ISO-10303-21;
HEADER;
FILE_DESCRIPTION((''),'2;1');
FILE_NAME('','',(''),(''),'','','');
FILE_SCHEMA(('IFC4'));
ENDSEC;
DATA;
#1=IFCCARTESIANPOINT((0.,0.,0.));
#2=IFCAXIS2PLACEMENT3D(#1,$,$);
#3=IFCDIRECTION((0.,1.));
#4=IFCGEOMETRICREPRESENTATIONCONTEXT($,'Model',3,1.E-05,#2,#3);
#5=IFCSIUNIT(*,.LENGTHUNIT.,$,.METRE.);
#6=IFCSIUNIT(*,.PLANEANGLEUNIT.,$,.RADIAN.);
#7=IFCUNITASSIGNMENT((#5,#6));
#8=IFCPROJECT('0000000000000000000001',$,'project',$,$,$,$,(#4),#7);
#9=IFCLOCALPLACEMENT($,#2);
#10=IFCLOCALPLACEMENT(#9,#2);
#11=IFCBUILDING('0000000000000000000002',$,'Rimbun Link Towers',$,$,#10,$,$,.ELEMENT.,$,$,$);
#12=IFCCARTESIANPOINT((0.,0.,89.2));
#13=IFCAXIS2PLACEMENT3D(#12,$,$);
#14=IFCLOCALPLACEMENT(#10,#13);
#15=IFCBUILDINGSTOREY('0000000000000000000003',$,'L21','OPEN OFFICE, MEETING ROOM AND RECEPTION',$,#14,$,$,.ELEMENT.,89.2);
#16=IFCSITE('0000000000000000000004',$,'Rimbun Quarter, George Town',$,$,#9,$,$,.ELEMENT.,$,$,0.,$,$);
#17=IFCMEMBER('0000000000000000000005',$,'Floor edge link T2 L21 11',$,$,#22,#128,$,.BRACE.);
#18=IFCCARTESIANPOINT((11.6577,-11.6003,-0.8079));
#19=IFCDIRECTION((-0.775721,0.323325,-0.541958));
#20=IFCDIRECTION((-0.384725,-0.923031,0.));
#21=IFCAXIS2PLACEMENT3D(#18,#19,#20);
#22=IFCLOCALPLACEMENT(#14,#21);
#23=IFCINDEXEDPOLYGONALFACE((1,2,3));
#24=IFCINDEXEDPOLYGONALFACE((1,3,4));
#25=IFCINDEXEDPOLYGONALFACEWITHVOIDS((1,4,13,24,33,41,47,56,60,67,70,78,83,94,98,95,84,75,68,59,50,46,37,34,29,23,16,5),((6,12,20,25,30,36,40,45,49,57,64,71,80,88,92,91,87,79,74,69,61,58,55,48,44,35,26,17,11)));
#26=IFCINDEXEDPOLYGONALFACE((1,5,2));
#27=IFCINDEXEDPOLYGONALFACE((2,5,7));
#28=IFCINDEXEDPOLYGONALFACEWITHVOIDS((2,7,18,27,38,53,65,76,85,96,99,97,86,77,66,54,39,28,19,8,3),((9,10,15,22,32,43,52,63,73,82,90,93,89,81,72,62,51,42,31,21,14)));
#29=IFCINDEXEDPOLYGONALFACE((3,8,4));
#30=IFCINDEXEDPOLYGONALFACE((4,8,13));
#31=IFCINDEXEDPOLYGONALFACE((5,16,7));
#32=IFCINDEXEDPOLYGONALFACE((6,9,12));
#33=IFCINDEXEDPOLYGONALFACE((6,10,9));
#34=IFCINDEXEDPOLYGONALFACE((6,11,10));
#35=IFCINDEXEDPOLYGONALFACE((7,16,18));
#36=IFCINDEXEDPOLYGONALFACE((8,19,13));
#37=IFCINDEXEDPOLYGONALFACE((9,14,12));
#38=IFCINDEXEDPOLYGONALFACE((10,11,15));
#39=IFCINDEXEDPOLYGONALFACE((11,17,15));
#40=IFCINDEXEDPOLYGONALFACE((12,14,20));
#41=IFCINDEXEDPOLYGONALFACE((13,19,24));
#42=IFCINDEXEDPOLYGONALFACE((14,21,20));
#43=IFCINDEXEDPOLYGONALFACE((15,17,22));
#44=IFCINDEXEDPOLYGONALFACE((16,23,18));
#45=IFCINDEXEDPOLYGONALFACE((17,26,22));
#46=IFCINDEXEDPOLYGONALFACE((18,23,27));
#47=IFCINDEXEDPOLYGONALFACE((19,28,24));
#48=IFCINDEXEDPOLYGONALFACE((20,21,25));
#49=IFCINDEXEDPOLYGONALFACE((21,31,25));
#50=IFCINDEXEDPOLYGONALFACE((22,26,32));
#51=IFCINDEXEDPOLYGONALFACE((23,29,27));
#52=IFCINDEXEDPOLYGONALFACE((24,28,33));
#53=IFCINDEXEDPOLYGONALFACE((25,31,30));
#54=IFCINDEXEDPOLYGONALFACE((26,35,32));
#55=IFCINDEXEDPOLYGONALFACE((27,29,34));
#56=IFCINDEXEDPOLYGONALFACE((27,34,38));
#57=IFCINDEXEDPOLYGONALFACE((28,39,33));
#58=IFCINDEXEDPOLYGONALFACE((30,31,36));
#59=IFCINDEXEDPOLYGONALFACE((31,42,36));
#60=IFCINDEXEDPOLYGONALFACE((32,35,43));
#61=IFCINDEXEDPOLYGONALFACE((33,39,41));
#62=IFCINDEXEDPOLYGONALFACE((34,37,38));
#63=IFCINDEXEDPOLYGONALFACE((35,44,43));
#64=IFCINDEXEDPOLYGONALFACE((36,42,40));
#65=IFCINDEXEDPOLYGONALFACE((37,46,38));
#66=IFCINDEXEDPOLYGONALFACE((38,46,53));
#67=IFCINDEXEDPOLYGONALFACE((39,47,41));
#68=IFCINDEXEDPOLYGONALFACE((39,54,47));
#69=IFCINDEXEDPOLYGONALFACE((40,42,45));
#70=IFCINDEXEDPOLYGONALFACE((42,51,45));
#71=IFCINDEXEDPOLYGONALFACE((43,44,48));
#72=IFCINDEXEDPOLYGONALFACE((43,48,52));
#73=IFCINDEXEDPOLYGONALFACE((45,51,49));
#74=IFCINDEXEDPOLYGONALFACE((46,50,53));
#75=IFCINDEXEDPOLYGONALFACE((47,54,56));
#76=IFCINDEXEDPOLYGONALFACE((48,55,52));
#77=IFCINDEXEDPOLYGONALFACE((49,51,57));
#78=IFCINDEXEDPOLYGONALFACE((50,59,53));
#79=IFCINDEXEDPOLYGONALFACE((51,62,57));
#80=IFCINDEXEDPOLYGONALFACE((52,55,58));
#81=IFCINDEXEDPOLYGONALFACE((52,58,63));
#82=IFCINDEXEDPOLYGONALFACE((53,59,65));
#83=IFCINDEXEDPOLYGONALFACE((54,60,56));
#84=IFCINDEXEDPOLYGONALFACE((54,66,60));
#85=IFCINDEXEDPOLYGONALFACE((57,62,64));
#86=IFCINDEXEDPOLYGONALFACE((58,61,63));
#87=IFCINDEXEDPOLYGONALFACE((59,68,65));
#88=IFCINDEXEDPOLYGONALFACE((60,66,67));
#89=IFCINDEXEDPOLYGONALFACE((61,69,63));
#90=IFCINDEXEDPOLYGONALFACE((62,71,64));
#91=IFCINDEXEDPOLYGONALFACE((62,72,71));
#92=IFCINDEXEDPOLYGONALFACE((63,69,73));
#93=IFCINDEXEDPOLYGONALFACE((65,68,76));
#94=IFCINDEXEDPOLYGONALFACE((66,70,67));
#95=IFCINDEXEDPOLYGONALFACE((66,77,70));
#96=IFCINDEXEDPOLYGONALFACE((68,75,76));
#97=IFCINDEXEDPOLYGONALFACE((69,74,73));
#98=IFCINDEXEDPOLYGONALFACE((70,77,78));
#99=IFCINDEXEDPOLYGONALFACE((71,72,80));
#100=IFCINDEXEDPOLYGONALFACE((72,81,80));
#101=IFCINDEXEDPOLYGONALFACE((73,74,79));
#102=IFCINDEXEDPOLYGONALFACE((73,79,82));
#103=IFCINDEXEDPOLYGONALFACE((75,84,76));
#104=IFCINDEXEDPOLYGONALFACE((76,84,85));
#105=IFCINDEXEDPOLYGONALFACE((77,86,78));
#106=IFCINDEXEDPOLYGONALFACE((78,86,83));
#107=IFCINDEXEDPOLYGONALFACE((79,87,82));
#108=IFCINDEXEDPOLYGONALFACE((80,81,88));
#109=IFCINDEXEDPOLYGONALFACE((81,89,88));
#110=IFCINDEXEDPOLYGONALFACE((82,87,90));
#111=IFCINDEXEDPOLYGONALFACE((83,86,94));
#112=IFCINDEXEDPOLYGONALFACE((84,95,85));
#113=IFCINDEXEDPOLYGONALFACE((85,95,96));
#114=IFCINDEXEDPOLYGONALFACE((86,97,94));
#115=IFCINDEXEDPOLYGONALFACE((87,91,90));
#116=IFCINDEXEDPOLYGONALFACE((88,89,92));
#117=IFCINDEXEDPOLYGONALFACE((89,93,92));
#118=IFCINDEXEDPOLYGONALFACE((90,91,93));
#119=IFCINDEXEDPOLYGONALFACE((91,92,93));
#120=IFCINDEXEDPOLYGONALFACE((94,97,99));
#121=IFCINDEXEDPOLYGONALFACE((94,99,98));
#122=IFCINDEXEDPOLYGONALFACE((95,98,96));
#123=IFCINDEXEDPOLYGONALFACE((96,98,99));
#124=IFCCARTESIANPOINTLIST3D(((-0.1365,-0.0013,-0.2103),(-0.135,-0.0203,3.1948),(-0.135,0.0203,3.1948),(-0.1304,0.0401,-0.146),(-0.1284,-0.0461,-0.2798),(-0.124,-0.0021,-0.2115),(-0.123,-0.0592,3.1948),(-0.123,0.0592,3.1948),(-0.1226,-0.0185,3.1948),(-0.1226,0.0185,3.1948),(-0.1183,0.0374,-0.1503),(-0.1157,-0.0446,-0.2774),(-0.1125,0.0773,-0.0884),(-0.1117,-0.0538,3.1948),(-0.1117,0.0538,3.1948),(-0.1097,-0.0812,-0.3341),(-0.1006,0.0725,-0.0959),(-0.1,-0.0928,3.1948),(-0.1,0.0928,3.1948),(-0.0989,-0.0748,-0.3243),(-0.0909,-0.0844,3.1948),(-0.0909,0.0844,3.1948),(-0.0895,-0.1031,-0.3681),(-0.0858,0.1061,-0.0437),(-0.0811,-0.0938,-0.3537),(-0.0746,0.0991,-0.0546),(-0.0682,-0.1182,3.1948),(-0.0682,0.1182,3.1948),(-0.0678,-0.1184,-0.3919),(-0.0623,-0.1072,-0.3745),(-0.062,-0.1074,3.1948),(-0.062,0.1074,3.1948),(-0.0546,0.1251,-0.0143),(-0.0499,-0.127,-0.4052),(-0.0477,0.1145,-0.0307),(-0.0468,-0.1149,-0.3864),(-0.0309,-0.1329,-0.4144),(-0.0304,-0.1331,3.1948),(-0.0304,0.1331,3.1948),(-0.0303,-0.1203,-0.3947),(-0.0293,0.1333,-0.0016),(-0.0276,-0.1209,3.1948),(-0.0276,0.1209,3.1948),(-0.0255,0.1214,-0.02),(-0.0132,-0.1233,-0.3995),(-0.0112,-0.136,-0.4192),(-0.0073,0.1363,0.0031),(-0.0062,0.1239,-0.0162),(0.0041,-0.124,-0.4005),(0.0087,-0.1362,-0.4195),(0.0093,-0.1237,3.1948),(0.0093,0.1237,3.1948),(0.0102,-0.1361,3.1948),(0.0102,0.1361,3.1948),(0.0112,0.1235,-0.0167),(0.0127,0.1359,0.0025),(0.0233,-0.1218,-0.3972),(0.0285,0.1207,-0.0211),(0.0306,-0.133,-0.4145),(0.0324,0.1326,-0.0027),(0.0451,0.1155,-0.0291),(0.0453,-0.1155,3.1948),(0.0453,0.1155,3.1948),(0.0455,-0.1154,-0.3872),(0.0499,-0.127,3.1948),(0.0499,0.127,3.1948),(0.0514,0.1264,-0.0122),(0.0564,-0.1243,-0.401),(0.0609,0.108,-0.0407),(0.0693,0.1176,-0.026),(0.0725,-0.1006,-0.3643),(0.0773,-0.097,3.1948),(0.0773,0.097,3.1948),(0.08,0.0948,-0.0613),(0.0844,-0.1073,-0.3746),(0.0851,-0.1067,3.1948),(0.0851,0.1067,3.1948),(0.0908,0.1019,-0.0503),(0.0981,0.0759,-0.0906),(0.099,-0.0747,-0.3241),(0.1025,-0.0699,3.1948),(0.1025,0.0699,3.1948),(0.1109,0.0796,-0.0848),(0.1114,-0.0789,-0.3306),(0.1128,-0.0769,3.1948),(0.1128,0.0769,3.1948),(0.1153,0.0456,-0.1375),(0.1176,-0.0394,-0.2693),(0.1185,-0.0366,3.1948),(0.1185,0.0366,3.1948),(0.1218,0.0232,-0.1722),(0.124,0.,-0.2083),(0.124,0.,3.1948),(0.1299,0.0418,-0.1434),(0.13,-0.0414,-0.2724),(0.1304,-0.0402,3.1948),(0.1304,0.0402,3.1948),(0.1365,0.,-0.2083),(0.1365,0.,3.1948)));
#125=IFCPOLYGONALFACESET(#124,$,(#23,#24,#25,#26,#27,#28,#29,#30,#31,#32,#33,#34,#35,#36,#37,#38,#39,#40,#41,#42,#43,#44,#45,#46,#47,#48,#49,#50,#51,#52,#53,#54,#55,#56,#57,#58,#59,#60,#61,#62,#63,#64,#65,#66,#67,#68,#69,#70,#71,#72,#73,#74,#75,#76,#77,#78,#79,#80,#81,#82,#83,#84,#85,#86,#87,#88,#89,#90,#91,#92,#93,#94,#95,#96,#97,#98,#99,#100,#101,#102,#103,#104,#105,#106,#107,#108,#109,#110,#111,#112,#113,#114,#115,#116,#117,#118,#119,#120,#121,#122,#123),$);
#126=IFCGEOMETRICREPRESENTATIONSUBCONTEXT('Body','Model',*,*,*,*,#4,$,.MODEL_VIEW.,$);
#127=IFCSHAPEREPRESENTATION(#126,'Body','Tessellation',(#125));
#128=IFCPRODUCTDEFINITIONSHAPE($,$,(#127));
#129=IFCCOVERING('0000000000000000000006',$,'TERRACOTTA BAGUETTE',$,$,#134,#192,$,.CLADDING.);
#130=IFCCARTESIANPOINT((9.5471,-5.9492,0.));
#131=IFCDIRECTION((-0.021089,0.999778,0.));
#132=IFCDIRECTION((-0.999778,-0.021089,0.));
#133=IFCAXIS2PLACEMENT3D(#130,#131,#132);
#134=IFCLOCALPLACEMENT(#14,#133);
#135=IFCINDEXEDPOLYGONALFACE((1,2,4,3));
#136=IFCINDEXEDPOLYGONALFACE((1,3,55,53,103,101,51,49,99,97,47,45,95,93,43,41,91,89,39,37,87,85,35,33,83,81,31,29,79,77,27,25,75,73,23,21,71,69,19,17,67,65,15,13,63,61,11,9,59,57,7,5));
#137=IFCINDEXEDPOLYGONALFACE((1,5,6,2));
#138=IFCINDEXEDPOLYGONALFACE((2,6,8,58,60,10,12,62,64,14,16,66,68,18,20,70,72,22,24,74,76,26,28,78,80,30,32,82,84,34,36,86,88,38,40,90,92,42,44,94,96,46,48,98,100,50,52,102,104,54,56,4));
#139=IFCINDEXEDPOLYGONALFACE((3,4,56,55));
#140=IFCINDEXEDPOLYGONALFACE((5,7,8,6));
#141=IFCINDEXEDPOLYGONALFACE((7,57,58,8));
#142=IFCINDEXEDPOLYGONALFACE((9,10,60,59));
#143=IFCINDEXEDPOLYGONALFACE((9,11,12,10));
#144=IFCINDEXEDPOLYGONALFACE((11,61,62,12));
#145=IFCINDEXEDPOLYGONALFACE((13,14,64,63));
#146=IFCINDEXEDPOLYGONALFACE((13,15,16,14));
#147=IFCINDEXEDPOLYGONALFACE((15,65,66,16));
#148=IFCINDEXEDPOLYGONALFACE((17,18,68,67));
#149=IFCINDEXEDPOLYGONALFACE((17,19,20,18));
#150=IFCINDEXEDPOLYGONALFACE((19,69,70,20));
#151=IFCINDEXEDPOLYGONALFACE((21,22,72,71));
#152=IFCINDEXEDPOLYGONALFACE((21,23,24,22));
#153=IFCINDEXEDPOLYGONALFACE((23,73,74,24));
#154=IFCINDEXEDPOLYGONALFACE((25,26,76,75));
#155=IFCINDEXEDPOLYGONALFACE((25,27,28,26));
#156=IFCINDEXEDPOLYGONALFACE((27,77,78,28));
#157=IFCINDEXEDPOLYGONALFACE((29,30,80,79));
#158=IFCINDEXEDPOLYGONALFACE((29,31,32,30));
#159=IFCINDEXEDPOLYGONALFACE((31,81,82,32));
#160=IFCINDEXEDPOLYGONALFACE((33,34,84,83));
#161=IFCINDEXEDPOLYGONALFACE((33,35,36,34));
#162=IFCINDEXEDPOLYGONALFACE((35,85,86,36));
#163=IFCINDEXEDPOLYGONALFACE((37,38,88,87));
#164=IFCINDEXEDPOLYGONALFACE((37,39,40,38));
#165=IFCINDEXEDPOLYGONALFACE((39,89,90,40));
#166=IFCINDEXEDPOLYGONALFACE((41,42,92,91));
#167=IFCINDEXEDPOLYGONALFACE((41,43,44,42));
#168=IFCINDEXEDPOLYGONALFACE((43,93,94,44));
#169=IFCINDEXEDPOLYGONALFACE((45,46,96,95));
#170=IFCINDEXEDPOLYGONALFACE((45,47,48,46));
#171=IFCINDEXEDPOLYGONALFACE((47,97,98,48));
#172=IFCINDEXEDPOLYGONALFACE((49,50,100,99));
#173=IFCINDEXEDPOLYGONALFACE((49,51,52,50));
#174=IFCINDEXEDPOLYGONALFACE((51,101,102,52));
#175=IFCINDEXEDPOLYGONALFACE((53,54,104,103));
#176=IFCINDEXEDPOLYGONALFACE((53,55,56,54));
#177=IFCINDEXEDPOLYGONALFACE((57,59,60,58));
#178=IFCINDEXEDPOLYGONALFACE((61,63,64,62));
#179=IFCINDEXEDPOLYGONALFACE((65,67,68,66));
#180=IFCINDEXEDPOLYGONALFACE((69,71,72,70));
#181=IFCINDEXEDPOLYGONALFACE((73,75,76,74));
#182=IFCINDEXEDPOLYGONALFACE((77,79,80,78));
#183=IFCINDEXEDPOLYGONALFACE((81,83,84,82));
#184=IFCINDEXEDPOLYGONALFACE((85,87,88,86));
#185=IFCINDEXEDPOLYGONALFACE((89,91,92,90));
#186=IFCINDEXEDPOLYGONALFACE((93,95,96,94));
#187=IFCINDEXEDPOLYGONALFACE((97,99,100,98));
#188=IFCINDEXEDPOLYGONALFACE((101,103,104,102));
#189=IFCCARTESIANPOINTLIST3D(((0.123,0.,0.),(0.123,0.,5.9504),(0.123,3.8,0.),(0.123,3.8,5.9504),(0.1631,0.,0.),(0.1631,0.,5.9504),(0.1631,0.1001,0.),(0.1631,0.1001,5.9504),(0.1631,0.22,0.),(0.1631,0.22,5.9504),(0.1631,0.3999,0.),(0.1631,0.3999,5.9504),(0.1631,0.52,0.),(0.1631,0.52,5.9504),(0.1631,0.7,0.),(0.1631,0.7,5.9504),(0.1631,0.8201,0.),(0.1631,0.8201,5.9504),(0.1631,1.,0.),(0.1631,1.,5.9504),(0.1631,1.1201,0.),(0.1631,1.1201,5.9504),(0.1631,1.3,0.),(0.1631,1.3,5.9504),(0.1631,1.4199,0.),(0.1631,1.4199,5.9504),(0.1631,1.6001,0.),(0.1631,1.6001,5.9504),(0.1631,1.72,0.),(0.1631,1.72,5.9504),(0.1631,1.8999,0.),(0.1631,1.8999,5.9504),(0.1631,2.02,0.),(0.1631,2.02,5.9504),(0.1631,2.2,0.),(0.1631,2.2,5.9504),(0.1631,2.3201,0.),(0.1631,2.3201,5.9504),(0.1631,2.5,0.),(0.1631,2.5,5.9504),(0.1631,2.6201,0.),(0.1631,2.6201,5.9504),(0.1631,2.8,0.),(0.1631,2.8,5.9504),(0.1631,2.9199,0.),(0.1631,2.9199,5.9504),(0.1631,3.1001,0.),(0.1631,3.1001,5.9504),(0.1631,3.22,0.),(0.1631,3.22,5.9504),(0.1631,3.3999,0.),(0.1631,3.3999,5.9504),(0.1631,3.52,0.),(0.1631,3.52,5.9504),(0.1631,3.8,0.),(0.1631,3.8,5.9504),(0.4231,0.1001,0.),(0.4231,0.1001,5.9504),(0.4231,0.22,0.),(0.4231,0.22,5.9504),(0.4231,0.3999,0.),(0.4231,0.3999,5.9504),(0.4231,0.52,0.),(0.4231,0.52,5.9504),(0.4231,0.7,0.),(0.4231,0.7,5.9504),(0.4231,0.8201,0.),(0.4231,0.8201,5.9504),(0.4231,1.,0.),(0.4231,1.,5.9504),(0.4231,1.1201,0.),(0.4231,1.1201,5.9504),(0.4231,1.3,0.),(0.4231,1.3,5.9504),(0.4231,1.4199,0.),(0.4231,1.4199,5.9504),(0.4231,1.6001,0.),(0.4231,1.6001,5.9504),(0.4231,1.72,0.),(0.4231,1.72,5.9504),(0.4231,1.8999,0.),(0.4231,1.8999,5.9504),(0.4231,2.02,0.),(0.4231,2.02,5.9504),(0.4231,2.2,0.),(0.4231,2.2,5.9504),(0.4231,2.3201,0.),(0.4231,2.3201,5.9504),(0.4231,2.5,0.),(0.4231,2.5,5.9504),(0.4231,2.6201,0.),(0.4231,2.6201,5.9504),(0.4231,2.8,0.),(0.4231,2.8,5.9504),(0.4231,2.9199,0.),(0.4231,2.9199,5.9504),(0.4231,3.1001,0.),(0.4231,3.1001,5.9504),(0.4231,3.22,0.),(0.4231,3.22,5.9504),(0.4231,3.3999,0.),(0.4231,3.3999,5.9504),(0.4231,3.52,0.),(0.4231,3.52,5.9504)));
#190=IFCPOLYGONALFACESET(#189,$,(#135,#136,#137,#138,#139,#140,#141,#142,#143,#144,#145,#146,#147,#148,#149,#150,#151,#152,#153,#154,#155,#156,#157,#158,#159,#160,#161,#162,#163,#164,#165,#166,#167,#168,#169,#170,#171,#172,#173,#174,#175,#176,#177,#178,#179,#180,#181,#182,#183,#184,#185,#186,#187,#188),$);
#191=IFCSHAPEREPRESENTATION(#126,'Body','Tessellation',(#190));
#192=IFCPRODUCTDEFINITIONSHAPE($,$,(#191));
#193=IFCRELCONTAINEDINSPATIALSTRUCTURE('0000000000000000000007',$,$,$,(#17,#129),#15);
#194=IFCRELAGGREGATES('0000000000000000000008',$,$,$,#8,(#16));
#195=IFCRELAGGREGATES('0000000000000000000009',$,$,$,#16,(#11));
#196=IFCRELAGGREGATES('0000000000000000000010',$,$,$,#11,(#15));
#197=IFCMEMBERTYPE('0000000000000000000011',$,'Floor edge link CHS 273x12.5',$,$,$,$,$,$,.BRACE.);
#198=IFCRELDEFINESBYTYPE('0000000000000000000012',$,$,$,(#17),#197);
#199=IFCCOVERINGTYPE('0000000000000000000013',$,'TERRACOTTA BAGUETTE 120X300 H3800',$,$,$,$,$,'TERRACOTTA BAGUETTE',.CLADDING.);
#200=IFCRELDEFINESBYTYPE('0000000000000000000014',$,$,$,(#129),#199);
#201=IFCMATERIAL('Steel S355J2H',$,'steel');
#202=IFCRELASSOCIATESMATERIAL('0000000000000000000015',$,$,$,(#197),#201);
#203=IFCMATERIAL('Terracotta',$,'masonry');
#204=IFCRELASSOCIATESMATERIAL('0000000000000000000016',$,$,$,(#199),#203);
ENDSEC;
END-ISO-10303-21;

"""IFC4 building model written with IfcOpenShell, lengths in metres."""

from ifc_helpers import new_model, si_unit, direction, frame, origin, origin_2d, place, context, subcontext, project, spatial, polyline, hollow_circle, outline, extrude, clip, halfspace, material, material_profile, profile_set, type_object, element, save


model = new_model("IFC4")

# Units and contexts
model_context = context("Model", 3, precision=1e-05, world=origin(), true_north=direction((0.0, 1.0)))
body_context = subcontext(model_context, "Body", "Model", "MODEL_VIEW")
ifc_project = project(units=[si_unit("LENGTHUNIT", "METRE"), si_unit("PLANEANGLEUNIT", "RADIAN")], contexts=[model_context])

# Site, building, storey
site_placement = place(None, origin())
site = spatial("IfcSite", under=ifc_project, at=site_placement, Name="Rimbun Quarter, George Town", CompositionType="ELEMENT", RefElevation=0.0)
building_placement = place(site_placement, origin())
building = spatial("IfcBuilding", under=site, at=building_placement, Name="Rimbun Link Towers", CompositionType="ELEMENT")
storey_placement = place(building_placement, frame((0.0, 0.0, 89.2)))
storey = spatial("IfcBuildingStorey", under=building, at=storey_placement, Name="L21", Description="OPEN OFFICE, MEETING ROOM AND RECEPTION", CompositionType="ELEMENT", Elevation=89.2)

# Member
ifc_material_1 = material(Name="Steel S355J2H", Category="steel")
ifc_material_profile_1 = material_profile(ifc_material_1, hollow_circle(Radius=0.1365, WallThickness=0.0125, at=origin_2d()), Name="CHS 273x12.5")
ifc_profile_set_1 = profile_set([ifc_material_profile_1], Name="Steel S355J2H")
member_type_1 = type_object("IfcMemberType", Name="Floor edge link CHS 273x12.5", PredefinedType="BRACE", material=ifc_profile_set_1)
member_1_placement = place(storey_placement, frame((11.6577, -11.6003, -0.8079), z_axis=(-0.775721, 0.323325, -0.541958), x_axis=(-0.384725, -0.923031, 0.0)))
element("IfcMember", 1, at=member_1_placement, inside=storey, type_object=member_type_1, Name="Floor edge link T2 L21 11", PredefinedType="BRACE", context=body_context, shape_type="Clipping", body=[
    clip(extrude(hollow_circle(Radius=0.1365, WallThickness=0.0125, at=origin_2d()), frame((0.0, 0.0, -0.4419)), (0.0, 0.0, 1.0), 3.6367), halfspace(frame((0.0, 0.0, -0.2083), z_axis=(0.0, 0.840406, -0.541958)), False)),
])

# Covering
ifc_material_2 = material(Name="Terracotta", Category="masonry")
ifc_material_profile_2 = material_profile(ifc_material_2, outline(polyline([(0.123, 0.0), (0.1631, 0.0), (0.1631, 0.1001), (0.4231, 0.1001), (0.4231, 0.22), (0.1631, 0.22), (0.1631, 0.3999), (0.4231, 0.3999), (0.4231, 0.52), (0.1631, 0.52), (0.1631, 0.7), (0.4231, 0.7), (0.4231, 0.8201), (0.1631, 0.8201), (0.1631, 1.0), (0.4231, 1.0), (0.4231, 1.1201), (0.1631, 1.1201), (0.1631, 1.3), (0.4231, 1.3), (0.4231, 1.4199), (0.1631, 1.4199), (0.1631, 1.6001), (0.4231, 1.6001), (0.4231, 1.72), (0.1631, 1.72), (0.1631, 1.8999), (0.4231, 1.8999), (0.4231, 2.02), (0.1631, 2.02), (0.1631, 2.2), (0.4231, 2.2), (0.4231, 2.3201), (0.1631, 2.3201), (0.1631, 2.5), (0.4231, 2.5), (0.4231, 2.6201), (0.1631, 2.6201), (0.1631, 2.8), (0.4231, 2.8), (0.4231, 2.9199), (0.1631, 2.9199), (0.1631, 3.1001), (0.4231, 3.1001), (0.4231, 3.22), (0.1631, 3.22), (0.1631, 3.3999), (0.4231, 3.3999), (0.4231, 3.52), (0.1631, 3.52), (0.1631, 3.8), (0.123, 3.8), (0.123, 0.0)])), Name="BAGUETTE 120X300")
ifc_profile_set_2 = profile_set([ifc_material_profile_2], Name="Terracotta")
covering_type_1 = type_object("IfcCoveringType", Name="TERRACOTTA BAGUETTE 120X300 H3800", ElementType="TERRACOTTA BAGUETTE", PredefinedType="CLADDING", material=ifc_profile_set_2)
covering_1_placement = place(storey_placement, frame((9.5471, -5.9492, 0.0), z_axis=(-0.021089, 0.999778, 0.0), x_axis=(-0.999778, -0.021089, 0.0)))
element("IfcCovering", 2, at=covering_1_placement, inside=storey, type_object=covering_type_1, Name="TERRACOTTA BAGUETTE", PredefinedType="CLADDING", context=body_context, shape_type="SweptSolid", body=[
    extrude(outline(polyline([(0.123, 0.0), (0.1631, 0.0), (0.1631, 0.1001), (0.4231, 0.1001), (0.4231, 0.22), (0.1631, 0.22), (0.1631, 0.3999), (0.4231, 0.3999), (0.4231, 0.52), (0.1631, 0.52), (0.1631, 0.7), (0.4231, 0.7), (0.4231, 0.8201), (0.1631, 0.8201), (0.1631, 1.0), (0.4231, 1.0), (0.4231, 1.1201), (0.1631, 1.1201), (0.1631, 1.3), (0.4231, 1.3), (0.4231, 1.4199), (0.1631, 1.4199), (0.1631, 1.6001), (0.4231, 1.6001), (0.4231, 1.72), (0.1631, 1.72), (0.1631, 1.8999), (0.4231, 1.8999), (0.4231, 2.02), (0.1631, 2.02), (0.1631, 2.2), (0.4231, 2.2), (0.4231, 2.3201), (0.1631, 2.3201), (0.1631, 2.5), (0.4231, 2.5), (0.4231, 2.6201), (0.1631, 2.6201), (0.1631, 2.8), (0.4231, 2.8), (0.4231, 2.9199), (0.1631, 2.9199), (0.1631, 3.1001), (0.4231, 3.1001), (0.4231, 3.22), (0.1631, 3.22), (0.1631, 3.3999), (0.4231, 3.3999), (0.4231, 3.52), (0.1631, 3.52), (0.1631, 3.8), (0.123, 3.8), (0.123, 0.0)])), origin(), (0.0, 0.0, 1.0), 5.9504),
])

save(model, "model.ifc")
